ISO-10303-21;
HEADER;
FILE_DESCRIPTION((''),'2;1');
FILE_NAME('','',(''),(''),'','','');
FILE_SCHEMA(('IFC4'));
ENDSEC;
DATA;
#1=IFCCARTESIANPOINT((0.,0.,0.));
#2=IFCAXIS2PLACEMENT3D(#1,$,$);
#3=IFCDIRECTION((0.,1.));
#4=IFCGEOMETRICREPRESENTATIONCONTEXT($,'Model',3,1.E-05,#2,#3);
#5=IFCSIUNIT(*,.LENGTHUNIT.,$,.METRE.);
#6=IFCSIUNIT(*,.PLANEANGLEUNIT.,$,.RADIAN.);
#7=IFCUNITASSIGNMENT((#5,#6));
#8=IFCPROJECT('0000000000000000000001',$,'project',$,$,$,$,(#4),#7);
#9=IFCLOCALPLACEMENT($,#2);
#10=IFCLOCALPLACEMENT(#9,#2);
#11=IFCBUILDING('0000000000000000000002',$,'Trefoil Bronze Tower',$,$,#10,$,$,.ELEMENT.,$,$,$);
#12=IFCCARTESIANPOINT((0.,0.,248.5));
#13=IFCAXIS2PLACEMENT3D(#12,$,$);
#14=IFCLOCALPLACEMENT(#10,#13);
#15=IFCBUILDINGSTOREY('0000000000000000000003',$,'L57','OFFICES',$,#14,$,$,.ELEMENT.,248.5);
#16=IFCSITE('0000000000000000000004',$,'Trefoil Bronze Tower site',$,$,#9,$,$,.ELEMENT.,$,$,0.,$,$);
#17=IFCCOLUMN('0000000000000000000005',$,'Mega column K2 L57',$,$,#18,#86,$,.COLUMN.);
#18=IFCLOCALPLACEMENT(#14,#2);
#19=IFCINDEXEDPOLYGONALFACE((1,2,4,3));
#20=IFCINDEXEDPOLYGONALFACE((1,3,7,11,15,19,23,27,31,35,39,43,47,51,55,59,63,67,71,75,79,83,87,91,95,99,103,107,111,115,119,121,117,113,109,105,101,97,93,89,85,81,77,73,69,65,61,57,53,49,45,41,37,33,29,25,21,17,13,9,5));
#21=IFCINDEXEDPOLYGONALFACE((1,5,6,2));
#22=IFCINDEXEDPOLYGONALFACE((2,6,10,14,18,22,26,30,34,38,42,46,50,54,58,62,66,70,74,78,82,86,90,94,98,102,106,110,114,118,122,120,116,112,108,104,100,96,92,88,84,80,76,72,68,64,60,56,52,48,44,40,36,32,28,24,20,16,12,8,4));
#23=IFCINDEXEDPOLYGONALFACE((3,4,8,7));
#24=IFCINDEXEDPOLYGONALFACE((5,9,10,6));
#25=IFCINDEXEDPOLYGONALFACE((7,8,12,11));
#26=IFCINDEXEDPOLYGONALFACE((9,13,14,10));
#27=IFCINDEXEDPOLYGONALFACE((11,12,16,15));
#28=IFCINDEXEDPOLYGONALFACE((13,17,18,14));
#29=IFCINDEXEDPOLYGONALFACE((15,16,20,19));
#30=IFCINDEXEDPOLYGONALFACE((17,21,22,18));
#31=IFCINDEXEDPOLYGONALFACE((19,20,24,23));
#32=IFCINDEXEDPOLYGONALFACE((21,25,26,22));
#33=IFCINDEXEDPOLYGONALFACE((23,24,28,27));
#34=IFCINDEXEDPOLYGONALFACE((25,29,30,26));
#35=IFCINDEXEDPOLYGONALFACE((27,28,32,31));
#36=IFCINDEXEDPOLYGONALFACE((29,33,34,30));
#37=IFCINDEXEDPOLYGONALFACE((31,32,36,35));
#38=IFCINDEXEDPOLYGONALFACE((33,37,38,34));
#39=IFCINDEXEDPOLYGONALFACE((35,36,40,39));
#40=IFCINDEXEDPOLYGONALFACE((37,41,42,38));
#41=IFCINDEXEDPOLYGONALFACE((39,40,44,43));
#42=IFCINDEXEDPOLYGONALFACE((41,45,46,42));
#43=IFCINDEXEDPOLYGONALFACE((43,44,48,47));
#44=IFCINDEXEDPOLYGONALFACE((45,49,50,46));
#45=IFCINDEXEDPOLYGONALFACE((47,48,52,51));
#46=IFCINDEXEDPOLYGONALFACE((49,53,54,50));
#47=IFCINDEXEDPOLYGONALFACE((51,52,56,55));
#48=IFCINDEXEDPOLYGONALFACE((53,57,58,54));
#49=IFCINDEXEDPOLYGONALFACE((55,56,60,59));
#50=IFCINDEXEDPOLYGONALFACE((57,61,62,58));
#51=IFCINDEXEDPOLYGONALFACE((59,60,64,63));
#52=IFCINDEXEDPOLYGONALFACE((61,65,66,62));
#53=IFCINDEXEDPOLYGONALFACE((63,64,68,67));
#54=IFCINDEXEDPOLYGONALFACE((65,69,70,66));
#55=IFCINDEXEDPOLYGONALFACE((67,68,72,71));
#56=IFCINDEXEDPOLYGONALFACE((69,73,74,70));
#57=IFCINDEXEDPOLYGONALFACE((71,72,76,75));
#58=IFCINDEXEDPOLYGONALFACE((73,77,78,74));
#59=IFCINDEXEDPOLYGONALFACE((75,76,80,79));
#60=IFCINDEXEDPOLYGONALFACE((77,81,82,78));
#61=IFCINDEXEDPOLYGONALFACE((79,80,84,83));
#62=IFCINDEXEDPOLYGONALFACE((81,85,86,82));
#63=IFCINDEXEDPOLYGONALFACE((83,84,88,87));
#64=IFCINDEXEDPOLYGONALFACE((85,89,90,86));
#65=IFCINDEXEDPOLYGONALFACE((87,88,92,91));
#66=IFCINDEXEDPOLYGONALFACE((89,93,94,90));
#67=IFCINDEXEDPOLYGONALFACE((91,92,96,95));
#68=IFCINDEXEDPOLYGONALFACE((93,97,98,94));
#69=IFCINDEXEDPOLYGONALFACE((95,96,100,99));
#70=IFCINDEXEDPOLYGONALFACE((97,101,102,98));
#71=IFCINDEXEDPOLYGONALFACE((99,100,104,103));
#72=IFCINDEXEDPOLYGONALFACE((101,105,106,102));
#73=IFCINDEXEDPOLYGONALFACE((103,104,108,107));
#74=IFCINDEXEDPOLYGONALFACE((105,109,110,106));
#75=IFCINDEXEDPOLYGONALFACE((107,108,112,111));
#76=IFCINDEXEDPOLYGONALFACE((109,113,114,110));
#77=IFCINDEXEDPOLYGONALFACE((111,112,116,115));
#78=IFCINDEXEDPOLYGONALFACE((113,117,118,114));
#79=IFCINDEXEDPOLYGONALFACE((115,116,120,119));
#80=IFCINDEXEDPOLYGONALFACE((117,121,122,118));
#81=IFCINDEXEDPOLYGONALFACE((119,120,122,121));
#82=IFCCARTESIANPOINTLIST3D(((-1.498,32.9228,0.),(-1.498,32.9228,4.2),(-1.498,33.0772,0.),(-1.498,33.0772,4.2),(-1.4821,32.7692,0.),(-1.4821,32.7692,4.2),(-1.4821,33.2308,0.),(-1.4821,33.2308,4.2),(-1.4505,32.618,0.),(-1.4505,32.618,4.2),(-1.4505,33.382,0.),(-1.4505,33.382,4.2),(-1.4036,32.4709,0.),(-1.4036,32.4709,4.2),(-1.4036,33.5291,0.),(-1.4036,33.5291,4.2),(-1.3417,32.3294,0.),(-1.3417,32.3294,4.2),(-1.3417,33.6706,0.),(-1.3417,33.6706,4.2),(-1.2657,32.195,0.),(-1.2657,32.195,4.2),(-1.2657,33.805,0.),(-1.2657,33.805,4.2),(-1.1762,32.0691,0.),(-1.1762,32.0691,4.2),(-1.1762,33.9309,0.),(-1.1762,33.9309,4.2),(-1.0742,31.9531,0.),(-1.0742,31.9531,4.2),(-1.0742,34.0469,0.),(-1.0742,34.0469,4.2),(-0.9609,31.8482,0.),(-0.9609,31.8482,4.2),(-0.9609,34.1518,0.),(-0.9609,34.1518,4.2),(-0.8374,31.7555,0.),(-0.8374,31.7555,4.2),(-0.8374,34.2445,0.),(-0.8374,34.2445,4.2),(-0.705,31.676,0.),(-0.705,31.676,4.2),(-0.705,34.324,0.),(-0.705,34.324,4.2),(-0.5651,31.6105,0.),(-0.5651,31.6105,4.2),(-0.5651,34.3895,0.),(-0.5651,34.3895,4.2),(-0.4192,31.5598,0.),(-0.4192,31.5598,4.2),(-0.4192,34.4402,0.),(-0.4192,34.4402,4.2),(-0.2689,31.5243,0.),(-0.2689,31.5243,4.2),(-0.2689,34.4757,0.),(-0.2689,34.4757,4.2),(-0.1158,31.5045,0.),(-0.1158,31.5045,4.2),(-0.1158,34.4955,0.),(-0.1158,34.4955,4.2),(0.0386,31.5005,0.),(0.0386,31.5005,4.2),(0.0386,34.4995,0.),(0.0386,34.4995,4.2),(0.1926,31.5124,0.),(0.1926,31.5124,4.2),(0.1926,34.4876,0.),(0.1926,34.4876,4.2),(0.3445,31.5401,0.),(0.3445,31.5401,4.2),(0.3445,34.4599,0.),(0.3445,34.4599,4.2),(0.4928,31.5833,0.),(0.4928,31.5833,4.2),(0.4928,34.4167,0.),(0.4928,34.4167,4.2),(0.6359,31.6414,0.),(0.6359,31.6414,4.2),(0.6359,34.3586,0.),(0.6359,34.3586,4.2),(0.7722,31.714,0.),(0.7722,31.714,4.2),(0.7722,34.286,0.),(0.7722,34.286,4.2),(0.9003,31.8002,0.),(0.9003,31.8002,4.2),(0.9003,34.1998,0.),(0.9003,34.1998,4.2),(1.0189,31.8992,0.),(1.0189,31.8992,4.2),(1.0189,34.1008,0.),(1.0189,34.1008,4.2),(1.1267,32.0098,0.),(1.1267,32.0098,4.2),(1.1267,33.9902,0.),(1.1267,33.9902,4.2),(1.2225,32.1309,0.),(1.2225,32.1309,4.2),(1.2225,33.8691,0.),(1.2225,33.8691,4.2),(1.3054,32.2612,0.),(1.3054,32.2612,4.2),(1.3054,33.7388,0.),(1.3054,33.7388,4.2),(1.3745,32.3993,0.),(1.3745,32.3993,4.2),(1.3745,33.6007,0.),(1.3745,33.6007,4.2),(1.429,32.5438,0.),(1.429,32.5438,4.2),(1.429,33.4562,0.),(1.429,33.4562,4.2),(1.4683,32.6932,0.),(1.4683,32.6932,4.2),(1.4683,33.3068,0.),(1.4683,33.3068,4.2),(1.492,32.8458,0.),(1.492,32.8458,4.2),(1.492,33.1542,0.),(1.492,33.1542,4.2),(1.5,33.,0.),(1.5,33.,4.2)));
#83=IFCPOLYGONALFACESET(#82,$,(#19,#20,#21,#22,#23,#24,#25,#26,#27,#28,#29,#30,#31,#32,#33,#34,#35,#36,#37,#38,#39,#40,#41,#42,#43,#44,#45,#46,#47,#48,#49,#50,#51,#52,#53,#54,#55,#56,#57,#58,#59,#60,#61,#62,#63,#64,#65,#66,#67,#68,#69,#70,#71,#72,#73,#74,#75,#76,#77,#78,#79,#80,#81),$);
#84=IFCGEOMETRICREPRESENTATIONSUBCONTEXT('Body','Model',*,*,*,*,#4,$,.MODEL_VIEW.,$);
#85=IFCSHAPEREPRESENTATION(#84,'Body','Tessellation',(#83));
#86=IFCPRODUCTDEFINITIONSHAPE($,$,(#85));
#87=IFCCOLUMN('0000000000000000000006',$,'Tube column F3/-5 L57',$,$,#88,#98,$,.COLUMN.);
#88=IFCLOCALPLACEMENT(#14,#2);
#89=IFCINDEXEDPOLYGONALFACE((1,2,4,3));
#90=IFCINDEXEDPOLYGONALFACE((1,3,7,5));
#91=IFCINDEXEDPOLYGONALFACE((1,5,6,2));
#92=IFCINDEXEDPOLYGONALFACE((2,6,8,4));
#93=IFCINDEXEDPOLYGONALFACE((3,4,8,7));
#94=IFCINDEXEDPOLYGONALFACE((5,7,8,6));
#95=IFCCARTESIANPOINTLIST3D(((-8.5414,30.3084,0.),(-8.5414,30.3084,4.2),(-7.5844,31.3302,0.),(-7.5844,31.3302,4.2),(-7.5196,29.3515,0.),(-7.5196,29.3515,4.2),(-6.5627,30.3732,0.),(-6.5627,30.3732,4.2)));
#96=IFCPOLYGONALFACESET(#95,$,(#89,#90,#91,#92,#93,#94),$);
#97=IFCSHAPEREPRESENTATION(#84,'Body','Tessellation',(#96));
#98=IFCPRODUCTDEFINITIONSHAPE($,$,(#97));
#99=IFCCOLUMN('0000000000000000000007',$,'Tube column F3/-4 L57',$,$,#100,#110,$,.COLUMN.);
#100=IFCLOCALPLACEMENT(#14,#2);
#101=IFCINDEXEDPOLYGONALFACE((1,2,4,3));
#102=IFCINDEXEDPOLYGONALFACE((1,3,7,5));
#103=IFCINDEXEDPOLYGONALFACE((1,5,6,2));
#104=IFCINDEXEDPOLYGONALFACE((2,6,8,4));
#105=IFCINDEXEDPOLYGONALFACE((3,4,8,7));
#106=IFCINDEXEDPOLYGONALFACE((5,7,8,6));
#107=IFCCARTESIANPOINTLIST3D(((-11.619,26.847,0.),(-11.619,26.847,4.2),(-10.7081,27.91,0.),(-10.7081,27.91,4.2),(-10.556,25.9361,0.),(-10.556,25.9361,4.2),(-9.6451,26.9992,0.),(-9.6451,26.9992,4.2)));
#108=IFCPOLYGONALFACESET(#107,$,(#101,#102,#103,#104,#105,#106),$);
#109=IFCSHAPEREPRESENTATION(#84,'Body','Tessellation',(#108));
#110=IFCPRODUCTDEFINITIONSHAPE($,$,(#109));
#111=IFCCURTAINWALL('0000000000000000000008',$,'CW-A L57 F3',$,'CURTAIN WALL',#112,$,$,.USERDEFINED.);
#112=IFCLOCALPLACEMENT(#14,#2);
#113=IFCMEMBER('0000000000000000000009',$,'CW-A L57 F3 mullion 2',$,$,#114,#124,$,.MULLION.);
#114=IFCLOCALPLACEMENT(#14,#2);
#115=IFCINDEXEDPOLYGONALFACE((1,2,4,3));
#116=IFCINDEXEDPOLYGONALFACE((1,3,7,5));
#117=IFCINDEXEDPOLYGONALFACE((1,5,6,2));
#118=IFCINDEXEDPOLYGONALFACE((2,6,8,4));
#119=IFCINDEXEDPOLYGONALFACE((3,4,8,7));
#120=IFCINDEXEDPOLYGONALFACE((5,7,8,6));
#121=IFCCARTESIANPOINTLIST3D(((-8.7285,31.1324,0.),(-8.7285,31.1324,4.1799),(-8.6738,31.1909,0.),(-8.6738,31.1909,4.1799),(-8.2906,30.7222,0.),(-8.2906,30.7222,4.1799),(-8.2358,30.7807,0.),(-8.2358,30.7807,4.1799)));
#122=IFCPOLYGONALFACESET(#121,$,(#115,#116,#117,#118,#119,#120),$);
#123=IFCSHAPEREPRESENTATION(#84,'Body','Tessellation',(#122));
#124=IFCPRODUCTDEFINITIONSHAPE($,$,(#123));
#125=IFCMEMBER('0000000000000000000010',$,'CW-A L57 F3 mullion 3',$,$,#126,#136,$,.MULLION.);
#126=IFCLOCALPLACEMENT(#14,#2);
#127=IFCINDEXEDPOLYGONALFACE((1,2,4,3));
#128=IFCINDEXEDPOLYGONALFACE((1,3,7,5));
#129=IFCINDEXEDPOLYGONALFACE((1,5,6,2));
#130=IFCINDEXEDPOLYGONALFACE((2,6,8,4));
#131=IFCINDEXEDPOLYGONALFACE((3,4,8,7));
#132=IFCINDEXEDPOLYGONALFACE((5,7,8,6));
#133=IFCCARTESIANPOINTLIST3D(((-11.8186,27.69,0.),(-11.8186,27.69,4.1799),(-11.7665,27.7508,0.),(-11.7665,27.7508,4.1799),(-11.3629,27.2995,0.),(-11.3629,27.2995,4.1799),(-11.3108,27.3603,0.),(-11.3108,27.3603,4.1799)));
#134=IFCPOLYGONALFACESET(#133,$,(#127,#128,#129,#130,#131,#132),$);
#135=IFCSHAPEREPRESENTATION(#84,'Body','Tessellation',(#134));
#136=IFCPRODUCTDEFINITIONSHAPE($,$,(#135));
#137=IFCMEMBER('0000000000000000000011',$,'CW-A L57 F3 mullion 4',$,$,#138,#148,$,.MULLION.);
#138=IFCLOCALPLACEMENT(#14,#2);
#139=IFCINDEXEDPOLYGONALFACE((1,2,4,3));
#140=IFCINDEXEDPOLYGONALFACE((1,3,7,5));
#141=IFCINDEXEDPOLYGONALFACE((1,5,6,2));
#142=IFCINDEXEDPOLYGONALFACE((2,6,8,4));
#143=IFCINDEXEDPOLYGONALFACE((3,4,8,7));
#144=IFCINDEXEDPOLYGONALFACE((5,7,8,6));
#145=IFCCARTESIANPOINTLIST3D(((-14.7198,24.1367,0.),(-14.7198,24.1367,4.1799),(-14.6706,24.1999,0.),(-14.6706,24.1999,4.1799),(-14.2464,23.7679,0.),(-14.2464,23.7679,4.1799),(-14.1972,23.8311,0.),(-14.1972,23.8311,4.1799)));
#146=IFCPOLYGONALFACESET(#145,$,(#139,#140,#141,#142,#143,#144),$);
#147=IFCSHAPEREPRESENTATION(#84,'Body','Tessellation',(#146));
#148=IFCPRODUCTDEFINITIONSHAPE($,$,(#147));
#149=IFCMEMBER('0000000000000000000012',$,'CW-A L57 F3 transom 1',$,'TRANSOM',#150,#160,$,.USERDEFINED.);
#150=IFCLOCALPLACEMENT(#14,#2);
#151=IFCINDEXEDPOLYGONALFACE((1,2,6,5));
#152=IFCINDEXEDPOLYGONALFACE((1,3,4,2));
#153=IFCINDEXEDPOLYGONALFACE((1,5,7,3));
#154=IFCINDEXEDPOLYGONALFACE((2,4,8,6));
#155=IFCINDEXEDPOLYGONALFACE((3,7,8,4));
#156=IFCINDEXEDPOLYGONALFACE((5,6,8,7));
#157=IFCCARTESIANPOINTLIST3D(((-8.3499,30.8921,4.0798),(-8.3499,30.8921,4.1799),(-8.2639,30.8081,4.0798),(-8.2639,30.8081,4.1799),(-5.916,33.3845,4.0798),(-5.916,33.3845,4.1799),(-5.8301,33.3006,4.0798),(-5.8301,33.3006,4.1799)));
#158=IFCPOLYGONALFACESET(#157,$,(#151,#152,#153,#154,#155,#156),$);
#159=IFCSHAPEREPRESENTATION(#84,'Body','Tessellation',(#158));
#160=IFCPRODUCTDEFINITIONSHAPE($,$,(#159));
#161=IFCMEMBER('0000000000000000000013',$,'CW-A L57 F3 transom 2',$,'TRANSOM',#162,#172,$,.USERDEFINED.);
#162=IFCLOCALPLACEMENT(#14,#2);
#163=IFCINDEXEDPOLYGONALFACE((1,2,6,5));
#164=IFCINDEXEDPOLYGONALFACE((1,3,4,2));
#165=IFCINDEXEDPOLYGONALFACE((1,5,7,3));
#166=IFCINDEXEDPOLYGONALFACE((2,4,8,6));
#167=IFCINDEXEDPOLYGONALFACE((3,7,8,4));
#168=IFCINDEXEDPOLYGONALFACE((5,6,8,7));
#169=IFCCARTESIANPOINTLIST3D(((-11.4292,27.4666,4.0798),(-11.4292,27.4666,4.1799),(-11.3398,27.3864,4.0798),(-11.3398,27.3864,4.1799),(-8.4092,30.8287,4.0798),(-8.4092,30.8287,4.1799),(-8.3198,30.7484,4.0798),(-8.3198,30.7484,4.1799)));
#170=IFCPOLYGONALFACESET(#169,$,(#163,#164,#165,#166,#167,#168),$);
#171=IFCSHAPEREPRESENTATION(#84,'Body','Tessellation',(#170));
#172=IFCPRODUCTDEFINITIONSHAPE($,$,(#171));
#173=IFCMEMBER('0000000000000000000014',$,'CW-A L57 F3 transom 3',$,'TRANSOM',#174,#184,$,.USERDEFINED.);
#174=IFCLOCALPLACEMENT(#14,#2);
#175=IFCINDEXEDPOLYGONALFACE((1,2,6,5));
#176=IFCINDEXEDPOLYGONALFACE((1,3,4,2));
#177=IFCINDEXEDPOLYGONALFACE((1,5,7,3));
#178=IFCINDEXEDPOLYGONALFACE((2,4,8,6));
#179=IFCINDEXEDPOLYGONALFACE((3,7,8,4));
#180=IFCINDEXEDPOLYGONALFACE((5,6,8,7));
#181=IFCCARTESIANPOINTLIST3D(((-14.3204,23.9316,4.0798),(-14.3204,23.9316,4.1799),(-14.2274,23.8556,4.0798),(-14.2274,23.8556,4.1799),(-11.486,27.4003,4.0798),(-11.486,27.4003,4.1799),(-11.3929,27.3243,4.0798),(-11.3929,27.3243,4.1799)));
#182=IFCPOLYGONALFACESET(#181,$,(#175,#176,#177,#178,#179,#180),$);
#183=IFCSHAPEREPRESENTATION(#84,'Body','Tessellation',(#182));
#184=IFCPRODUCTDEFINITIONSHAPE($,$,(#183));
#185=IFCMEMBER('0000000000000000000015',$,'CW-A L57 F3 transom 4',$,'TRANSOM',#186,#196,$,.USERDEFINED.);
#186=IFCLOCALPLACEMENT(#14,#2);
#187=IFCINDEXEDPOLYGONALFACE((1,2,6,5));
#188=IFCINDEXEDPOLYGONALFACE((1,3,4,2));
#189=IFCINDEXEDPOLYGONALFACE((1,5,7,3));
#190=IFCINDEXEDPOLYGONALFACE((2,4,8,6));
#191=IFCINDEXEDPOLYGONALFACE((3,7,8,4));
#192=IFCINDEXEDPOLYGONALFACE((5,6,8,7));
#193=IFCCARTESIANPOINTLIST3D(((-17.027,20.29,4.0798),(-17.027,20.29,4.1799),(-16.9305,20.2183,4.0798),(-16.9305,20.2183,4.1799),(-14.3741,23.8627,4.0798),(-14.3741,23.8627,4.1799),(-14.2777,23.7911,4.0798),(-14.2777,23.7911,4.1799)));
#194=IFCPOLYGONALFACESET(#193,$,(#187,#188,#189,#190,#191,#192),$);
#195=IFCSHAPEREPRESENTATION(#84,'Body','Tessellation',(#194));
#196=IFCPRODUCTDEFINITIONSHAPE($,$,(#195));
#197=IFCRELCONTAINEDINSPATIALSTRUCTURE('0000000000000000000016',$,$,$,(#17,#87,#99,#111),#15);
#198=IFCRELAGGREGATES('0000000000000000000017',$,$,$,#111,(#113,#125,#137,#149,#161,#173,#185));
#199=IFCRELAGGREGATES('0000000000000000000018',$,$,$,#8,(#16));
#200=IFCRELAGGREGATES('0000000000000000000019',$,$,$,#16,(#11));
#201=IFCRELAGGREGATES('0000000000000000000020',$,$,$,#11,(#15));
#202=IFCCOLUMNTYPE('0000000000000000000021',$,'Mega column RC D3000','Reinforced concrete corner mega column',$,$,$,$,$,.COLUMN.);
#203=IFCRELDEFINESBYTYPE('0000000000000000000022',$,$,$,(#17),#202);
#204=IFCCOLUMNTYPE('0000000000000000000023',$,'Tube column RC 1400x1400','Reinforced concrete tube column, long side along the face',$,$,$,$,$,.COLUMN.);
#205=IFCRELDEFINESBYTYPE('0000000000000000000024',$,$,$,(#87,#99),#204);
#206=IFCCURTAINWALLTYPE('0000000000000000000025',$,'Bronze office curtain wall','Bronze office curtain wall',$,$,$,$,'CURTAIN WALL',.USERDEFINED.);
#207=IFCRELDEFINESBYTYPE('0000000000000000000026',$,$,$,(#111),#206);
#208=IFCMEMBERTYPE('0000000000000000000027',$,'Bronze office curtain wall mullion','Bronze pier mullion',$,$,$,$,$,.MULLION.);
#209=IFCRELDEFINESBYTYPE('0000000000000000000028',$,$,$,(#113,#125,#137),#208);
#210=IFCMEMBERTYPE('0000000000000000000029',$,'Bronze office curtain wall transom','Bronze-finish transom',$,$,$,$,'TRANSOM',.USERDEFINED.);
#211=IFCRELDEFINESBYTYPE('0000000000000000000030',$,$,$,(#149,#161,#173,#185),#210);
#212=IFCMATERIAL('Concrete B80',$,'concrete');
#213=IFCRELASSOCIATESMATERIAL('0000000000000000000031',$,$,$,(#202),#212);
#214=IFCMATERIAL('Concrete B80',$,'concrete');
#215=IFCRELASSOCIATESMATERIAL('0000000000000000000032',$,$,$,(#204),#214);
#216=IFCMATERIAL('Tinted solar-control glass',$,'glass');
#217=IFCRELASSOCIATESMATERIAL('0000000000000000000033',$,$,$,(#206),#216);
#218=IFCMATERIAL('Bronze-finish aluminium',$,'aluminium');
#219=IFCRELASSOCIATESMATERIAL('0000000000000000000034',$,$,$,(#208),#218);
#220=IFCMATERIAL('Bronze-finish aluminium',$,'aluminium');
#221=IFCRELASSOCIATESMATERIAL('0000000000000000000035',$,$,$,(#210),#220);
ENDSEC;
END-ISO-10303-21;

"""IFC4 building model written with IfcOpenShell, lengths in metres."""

from ifc_helpers import new_model, si_unit, direction, frame, origin, origin_2d, place, context, subcontext, project, spatial, rectangle, circle, extrude, material, material_profile, profile_set, type_object, element, aggregate, save


model = new_model("IFC4")

# Units and contexts
model_context = context("Model", 3, precision=1e-05, world=origin(), true_north=direction((0.0, 1.0)))
body_context = subcontext(model_context, "Body", "Model", "MODEL_VIEW")
ifc_project = project(units=[si_unit("LENGTHUNIT", "METRE"), si_unit("PLANEANGLEUNIT", "RADIAN")], contexts=[model_context])

# Site, building, storey
site_placement = place(None, origin())
site = spatial("IfcSite", under=ifc_project, at=site_placement, Name="Trefoil Bronze Tower site", CompositionType="ELEMENT", RefElevation=0.0)
building_placement = place(site_placement, origin())
building = spatial("IfcBuilding", under=site, at=building_placement, Name="Trefoil Bronze Tower", CompositionType="ELEMENT")
storey_placement = place(building_placement, frame((0.0, 0.0, 248.5)))
storey = spatial("IfcBuildingStorey", under=building, at=storey_placement, Name="L57", Description="OFFICES", CompositionType="ELEMENT", Elevation=248.5)

# Columns
ifc_material_1 = material(Name="Concrete B80", Category="concrete")
ifc_material_profile_1 = material_profile(ifc_material_1, circle(Radius=1.5, at=origin_2d()), Name="RC D3000")
ifc_profile_set_1 = profile_set([ifc_material_profile_1], Name="Concrete B80")
column_type_1 = type_object("IfcColumnType", Name="Mega column RC D3000", Description="Reinforced concrete corner mega column", PredefinedType="COLUMN", material=ifc_profile_set_1)
column_placement = place(storey_placement, frame((0.0, 33.0, 0.0), z_axis=(0.0, 0.0, 1.0), x_axis=(1.0, 0.0, 0.0)))
element("IfcColumn", 1, at=column_placement, inside=storey, type_object=column_type_1, Name="Mega column K2 L57", PredefinedType="COLUMN", context=body_context, shape_type="SweptSolid", body=[
    extrude(circle(Radius=1.5, at=origin_2d()), origin(), (0.0, 0.0, 1.0), 4.2),
])
ifc_material_2 = material(Name="Concrete B80", Category="concrete")
ifc_material_profile_2 = material_profile(ifc_material_2, rectangle(XDim=1.3999, YDim=1.3999, at=origin_2d()), Name="RC 1400x1400")
ifc_profile_set_2 = profile_set([ifc_material_profile_2], Name="Concrete B80")
column_type_2 = type_object("IfcColumnType", Name="Tube column RC 1400x1400", Description="Reinforced concrete tube column, long side along the face", PredefinedType="COLUMN", material=ifc_profile_set_2)
for number, where, z_axis, x_axis, name in (
    (2, (-7.552, 30.3408, 0.0), (0.0, 0.0, 1.0), (-0.683597, -0.72986, 0.0), "Tube column F3/-5 L57"),
    (3, (-10.6321, 26.9231, 0.0), (0.0, 0.0, 1.0), (-0.650677, -0.759355, 0.0), "Tube column F3/-4 L57"),
):
    element("IfcColumn", number, at=place(storey_placement, frame(where, z_axis=z_axis, x_axis=x_axis)), inside=storey, type_object=column_type_2, Name=name, PredefinedType="COLUMN", context=body_context, shape_type="SweptSolid", body=[
        extrude(rectangle(XDim=1.3999, YDim=1.3999, at=origin_2d()), origin(), (0.0, 0.0, 1.0), 4.2),
    ])

# Curtain wall, members
ifc_material_3 = material(Name="Tinted solar-control glass", Category="glass")
curtain_wall_type_1 = type_object("IfcCurtainWallType", Name="Bronze office curtain wall", Description="Bronze office curtain wall", ElementType="CURTAIN WALL", PredefinedType="USERDEFINED", material=ifc_material_3)
curtain_wall_1_placement = place(storey_placement, origin())
curtain_wall_1 = element("IfcCurtainWall", 4, at=curtain_wall_1_placement, inside=storey, type_object=curtain_wall_type_1, Name="CW-A L57 F3", ObjectType="CURTAIN WALL", PredefinedType="USERDEFINED")
ifc_material_4 = material(Name="Bronze-finish aluminium", Category="aluminium")
ifc_material_profile_3 = material_profile(ifc_material_4, rectangle(XDim=0.6001, YDim=0.0801, at=origin_2d()), Name="CW-A mullion")
ifc_profile_set_3 = profile_set([ifc_material_profile_3], Name="Bronze-finish aluminium")
member_type_1 = type_object("IfcMemberType", Name="Bronze office curtain wall mullion", Description="Bronze pier mullion", PredefinedType="MULLION", material=ifc_profile_set_3)
member_1_placement = place(storey_placement, frame((-8.4822, 30.9565, 0.0), z_axis=(0.0, 0.0, 1.0), x_axis=(0.72986, -0.683597, 0.0)))
member_1 = element("IfcMember", 5, at=member_1_placement, type_object=member_type_1, Name="CW-A L57 F3 mullion 2", PredefinedType="MULLION", context=body_context, shape_type="SweptSolid", body=[
    extrude(rectangle(XDim=0.6001, YDim=0.0801, at=origin_2d()), origin(), (0.0, 0.0, 1.0), 4.1799),
])
member_2_placement = place(storey_placement, frame((-11.5647, 27.5251, 0.0), z_axis=(0.0, 0.0, 1.0), x_axis=(0.759355, -0.650677, 0.0)))
member_2 = element("IfcMember", 6, at=member_2_placement, type_object=member_type_1, Name="CW-A L57 F3 mullion 3", PredefinedType="MULLION", context=body_context, shape_type="SweptSolid", body=[
    extrude(rectangle(XDim=0.6001, YDim=0.0801, at=origin_2d()), origin(), (0.0, 0.0, 1.0), 4.1799),
])
member_3_placement = place(storey_placement, frame((-14.4585, 23.9839, 0.0), z_axis=(0.0, 0.0, 1.0), x_axis=(0.788821, -0.614622, 0.0)))
member_3 = element("IfcMember", 7, at=member_3_placement, type_object=member_type_1, Name="CW-A L57 F3 mullion 4", PredefinedType="MULLION", context=body_context, shape_type="SweptSolid", body=[
    extrude(rectangle(XDim=0.6001, YDim=0.0801, at=origin_2d()), origin(), (0.0, 0.0, 1.0), 4.1799),
])
ifc_material_5 = material(Name="Bronze-finish aluminium", Category="aluminium")
ifc_material_profile_4 = material_profile(ifc_material_5, rectangle(XDim=0.1201, YDim=0.1001, at=origin_2d()), Name="CW-A transom")
ifc_profile_set_4 = profile_set([ifc_material_profile_4], Name="Bronze-finish aluminium")
member_type_2 = type_object("IfcMemberType", Name="Bronze office curtain wall transom", Description="Bronze-finish transom", ElementType="TRANSOM", PredefinedType="USERDEFINED", material=ifc_profile_set_4)
member_4_placement = place(storey_placement, frame((-5.873, 33.3425, 4.1299), z_axis=(-0.698647, -0.715467, 0.0), x_axis=(0.715467, -0.698647, 0.0)))
member_4 = element("IfcMember", 8, at=member_4_placement, type_object=member_type_2, Name="CW-A L57 F3 transom 1", ObjectType="TRANSOM", PredefinedType="USERDEFINED", context=body_context, shape_type="SweptSolid", body=[
    extrude(rectangle(XDim=0.1201, YDim=0.1001, at=origin_2d()), origin(), (0.0, 0.0, 1.0), 3.4836),
])
member_5_placement = place(storey_placement, frame((-8.3645, 30.7886, 4.1299), z_axis=(-0.668251, -0.743936, 0.0), x_axis=(0.743936, -0.668251, 0.0)))
member_5 = element("IfcMember", 9, at=member_5_placement, type_object=member_type_2, Name="CW-A L57 F3 transom 2", ObjectType="TRANSOM", PredefinedType="USERDEFINED", context=body_context, shape_type="SweptSolid", body=[
    extrude(rectangle(XDim=0.1201, YDim=0.1001, at=origin_2d()), origin(), (0.0, 0.0, 1.0), 4.5193),
])
member_6_placement = place(storey_placement, frame((-11.4395, 27.3623, 4.1299), z_axis=(-0.632757, -0.774351, 0.0), x_axis=(0.774351, -0.632757, 0.0)))
member_6 = element("IfcMember", 10, at=member_6_placement, type_object=member_type_2, Name="CW-A L57 F3 transom 3", ObjectType="TRANSOM", PredefinedType="USERDEFINED", context=body_context, shape_type="SweptSolid", body=[
    extrude(rectangle(XDim=0.1201, YDim=0.1001, at=origin_2d()), origin(), (0.0, 0.0, 1.0), 4.4795),
])
member_7_placement = place(storey_placement, frame((-14.3259, 23.8269, 4.1299), z_axis=(-0.596148, -0.802874, 0.0), x_axis=(0.802874, -0.596148, 0.0)))
member_7 = element("IfcMember", 11, at=member_7_placement, type_object=member_type_2, Name="CW-A L57 F3 transom 4", ObjectType="TRANSOM", PredefinedType="USERDEFINED", context=body_context, shape_type="SweptSolid", body=[
    extrude(rectangle(XDim=0.1201, YDim=0.1001, at=origin_2d()), origin(), (0.0, 0.0, 1.0), 4.45),
])

aggregate(curtain_wall_1, [member_1, member_2, member_3, member_4, member_5, member_6, member_7])

save(model, "model.ifc")
